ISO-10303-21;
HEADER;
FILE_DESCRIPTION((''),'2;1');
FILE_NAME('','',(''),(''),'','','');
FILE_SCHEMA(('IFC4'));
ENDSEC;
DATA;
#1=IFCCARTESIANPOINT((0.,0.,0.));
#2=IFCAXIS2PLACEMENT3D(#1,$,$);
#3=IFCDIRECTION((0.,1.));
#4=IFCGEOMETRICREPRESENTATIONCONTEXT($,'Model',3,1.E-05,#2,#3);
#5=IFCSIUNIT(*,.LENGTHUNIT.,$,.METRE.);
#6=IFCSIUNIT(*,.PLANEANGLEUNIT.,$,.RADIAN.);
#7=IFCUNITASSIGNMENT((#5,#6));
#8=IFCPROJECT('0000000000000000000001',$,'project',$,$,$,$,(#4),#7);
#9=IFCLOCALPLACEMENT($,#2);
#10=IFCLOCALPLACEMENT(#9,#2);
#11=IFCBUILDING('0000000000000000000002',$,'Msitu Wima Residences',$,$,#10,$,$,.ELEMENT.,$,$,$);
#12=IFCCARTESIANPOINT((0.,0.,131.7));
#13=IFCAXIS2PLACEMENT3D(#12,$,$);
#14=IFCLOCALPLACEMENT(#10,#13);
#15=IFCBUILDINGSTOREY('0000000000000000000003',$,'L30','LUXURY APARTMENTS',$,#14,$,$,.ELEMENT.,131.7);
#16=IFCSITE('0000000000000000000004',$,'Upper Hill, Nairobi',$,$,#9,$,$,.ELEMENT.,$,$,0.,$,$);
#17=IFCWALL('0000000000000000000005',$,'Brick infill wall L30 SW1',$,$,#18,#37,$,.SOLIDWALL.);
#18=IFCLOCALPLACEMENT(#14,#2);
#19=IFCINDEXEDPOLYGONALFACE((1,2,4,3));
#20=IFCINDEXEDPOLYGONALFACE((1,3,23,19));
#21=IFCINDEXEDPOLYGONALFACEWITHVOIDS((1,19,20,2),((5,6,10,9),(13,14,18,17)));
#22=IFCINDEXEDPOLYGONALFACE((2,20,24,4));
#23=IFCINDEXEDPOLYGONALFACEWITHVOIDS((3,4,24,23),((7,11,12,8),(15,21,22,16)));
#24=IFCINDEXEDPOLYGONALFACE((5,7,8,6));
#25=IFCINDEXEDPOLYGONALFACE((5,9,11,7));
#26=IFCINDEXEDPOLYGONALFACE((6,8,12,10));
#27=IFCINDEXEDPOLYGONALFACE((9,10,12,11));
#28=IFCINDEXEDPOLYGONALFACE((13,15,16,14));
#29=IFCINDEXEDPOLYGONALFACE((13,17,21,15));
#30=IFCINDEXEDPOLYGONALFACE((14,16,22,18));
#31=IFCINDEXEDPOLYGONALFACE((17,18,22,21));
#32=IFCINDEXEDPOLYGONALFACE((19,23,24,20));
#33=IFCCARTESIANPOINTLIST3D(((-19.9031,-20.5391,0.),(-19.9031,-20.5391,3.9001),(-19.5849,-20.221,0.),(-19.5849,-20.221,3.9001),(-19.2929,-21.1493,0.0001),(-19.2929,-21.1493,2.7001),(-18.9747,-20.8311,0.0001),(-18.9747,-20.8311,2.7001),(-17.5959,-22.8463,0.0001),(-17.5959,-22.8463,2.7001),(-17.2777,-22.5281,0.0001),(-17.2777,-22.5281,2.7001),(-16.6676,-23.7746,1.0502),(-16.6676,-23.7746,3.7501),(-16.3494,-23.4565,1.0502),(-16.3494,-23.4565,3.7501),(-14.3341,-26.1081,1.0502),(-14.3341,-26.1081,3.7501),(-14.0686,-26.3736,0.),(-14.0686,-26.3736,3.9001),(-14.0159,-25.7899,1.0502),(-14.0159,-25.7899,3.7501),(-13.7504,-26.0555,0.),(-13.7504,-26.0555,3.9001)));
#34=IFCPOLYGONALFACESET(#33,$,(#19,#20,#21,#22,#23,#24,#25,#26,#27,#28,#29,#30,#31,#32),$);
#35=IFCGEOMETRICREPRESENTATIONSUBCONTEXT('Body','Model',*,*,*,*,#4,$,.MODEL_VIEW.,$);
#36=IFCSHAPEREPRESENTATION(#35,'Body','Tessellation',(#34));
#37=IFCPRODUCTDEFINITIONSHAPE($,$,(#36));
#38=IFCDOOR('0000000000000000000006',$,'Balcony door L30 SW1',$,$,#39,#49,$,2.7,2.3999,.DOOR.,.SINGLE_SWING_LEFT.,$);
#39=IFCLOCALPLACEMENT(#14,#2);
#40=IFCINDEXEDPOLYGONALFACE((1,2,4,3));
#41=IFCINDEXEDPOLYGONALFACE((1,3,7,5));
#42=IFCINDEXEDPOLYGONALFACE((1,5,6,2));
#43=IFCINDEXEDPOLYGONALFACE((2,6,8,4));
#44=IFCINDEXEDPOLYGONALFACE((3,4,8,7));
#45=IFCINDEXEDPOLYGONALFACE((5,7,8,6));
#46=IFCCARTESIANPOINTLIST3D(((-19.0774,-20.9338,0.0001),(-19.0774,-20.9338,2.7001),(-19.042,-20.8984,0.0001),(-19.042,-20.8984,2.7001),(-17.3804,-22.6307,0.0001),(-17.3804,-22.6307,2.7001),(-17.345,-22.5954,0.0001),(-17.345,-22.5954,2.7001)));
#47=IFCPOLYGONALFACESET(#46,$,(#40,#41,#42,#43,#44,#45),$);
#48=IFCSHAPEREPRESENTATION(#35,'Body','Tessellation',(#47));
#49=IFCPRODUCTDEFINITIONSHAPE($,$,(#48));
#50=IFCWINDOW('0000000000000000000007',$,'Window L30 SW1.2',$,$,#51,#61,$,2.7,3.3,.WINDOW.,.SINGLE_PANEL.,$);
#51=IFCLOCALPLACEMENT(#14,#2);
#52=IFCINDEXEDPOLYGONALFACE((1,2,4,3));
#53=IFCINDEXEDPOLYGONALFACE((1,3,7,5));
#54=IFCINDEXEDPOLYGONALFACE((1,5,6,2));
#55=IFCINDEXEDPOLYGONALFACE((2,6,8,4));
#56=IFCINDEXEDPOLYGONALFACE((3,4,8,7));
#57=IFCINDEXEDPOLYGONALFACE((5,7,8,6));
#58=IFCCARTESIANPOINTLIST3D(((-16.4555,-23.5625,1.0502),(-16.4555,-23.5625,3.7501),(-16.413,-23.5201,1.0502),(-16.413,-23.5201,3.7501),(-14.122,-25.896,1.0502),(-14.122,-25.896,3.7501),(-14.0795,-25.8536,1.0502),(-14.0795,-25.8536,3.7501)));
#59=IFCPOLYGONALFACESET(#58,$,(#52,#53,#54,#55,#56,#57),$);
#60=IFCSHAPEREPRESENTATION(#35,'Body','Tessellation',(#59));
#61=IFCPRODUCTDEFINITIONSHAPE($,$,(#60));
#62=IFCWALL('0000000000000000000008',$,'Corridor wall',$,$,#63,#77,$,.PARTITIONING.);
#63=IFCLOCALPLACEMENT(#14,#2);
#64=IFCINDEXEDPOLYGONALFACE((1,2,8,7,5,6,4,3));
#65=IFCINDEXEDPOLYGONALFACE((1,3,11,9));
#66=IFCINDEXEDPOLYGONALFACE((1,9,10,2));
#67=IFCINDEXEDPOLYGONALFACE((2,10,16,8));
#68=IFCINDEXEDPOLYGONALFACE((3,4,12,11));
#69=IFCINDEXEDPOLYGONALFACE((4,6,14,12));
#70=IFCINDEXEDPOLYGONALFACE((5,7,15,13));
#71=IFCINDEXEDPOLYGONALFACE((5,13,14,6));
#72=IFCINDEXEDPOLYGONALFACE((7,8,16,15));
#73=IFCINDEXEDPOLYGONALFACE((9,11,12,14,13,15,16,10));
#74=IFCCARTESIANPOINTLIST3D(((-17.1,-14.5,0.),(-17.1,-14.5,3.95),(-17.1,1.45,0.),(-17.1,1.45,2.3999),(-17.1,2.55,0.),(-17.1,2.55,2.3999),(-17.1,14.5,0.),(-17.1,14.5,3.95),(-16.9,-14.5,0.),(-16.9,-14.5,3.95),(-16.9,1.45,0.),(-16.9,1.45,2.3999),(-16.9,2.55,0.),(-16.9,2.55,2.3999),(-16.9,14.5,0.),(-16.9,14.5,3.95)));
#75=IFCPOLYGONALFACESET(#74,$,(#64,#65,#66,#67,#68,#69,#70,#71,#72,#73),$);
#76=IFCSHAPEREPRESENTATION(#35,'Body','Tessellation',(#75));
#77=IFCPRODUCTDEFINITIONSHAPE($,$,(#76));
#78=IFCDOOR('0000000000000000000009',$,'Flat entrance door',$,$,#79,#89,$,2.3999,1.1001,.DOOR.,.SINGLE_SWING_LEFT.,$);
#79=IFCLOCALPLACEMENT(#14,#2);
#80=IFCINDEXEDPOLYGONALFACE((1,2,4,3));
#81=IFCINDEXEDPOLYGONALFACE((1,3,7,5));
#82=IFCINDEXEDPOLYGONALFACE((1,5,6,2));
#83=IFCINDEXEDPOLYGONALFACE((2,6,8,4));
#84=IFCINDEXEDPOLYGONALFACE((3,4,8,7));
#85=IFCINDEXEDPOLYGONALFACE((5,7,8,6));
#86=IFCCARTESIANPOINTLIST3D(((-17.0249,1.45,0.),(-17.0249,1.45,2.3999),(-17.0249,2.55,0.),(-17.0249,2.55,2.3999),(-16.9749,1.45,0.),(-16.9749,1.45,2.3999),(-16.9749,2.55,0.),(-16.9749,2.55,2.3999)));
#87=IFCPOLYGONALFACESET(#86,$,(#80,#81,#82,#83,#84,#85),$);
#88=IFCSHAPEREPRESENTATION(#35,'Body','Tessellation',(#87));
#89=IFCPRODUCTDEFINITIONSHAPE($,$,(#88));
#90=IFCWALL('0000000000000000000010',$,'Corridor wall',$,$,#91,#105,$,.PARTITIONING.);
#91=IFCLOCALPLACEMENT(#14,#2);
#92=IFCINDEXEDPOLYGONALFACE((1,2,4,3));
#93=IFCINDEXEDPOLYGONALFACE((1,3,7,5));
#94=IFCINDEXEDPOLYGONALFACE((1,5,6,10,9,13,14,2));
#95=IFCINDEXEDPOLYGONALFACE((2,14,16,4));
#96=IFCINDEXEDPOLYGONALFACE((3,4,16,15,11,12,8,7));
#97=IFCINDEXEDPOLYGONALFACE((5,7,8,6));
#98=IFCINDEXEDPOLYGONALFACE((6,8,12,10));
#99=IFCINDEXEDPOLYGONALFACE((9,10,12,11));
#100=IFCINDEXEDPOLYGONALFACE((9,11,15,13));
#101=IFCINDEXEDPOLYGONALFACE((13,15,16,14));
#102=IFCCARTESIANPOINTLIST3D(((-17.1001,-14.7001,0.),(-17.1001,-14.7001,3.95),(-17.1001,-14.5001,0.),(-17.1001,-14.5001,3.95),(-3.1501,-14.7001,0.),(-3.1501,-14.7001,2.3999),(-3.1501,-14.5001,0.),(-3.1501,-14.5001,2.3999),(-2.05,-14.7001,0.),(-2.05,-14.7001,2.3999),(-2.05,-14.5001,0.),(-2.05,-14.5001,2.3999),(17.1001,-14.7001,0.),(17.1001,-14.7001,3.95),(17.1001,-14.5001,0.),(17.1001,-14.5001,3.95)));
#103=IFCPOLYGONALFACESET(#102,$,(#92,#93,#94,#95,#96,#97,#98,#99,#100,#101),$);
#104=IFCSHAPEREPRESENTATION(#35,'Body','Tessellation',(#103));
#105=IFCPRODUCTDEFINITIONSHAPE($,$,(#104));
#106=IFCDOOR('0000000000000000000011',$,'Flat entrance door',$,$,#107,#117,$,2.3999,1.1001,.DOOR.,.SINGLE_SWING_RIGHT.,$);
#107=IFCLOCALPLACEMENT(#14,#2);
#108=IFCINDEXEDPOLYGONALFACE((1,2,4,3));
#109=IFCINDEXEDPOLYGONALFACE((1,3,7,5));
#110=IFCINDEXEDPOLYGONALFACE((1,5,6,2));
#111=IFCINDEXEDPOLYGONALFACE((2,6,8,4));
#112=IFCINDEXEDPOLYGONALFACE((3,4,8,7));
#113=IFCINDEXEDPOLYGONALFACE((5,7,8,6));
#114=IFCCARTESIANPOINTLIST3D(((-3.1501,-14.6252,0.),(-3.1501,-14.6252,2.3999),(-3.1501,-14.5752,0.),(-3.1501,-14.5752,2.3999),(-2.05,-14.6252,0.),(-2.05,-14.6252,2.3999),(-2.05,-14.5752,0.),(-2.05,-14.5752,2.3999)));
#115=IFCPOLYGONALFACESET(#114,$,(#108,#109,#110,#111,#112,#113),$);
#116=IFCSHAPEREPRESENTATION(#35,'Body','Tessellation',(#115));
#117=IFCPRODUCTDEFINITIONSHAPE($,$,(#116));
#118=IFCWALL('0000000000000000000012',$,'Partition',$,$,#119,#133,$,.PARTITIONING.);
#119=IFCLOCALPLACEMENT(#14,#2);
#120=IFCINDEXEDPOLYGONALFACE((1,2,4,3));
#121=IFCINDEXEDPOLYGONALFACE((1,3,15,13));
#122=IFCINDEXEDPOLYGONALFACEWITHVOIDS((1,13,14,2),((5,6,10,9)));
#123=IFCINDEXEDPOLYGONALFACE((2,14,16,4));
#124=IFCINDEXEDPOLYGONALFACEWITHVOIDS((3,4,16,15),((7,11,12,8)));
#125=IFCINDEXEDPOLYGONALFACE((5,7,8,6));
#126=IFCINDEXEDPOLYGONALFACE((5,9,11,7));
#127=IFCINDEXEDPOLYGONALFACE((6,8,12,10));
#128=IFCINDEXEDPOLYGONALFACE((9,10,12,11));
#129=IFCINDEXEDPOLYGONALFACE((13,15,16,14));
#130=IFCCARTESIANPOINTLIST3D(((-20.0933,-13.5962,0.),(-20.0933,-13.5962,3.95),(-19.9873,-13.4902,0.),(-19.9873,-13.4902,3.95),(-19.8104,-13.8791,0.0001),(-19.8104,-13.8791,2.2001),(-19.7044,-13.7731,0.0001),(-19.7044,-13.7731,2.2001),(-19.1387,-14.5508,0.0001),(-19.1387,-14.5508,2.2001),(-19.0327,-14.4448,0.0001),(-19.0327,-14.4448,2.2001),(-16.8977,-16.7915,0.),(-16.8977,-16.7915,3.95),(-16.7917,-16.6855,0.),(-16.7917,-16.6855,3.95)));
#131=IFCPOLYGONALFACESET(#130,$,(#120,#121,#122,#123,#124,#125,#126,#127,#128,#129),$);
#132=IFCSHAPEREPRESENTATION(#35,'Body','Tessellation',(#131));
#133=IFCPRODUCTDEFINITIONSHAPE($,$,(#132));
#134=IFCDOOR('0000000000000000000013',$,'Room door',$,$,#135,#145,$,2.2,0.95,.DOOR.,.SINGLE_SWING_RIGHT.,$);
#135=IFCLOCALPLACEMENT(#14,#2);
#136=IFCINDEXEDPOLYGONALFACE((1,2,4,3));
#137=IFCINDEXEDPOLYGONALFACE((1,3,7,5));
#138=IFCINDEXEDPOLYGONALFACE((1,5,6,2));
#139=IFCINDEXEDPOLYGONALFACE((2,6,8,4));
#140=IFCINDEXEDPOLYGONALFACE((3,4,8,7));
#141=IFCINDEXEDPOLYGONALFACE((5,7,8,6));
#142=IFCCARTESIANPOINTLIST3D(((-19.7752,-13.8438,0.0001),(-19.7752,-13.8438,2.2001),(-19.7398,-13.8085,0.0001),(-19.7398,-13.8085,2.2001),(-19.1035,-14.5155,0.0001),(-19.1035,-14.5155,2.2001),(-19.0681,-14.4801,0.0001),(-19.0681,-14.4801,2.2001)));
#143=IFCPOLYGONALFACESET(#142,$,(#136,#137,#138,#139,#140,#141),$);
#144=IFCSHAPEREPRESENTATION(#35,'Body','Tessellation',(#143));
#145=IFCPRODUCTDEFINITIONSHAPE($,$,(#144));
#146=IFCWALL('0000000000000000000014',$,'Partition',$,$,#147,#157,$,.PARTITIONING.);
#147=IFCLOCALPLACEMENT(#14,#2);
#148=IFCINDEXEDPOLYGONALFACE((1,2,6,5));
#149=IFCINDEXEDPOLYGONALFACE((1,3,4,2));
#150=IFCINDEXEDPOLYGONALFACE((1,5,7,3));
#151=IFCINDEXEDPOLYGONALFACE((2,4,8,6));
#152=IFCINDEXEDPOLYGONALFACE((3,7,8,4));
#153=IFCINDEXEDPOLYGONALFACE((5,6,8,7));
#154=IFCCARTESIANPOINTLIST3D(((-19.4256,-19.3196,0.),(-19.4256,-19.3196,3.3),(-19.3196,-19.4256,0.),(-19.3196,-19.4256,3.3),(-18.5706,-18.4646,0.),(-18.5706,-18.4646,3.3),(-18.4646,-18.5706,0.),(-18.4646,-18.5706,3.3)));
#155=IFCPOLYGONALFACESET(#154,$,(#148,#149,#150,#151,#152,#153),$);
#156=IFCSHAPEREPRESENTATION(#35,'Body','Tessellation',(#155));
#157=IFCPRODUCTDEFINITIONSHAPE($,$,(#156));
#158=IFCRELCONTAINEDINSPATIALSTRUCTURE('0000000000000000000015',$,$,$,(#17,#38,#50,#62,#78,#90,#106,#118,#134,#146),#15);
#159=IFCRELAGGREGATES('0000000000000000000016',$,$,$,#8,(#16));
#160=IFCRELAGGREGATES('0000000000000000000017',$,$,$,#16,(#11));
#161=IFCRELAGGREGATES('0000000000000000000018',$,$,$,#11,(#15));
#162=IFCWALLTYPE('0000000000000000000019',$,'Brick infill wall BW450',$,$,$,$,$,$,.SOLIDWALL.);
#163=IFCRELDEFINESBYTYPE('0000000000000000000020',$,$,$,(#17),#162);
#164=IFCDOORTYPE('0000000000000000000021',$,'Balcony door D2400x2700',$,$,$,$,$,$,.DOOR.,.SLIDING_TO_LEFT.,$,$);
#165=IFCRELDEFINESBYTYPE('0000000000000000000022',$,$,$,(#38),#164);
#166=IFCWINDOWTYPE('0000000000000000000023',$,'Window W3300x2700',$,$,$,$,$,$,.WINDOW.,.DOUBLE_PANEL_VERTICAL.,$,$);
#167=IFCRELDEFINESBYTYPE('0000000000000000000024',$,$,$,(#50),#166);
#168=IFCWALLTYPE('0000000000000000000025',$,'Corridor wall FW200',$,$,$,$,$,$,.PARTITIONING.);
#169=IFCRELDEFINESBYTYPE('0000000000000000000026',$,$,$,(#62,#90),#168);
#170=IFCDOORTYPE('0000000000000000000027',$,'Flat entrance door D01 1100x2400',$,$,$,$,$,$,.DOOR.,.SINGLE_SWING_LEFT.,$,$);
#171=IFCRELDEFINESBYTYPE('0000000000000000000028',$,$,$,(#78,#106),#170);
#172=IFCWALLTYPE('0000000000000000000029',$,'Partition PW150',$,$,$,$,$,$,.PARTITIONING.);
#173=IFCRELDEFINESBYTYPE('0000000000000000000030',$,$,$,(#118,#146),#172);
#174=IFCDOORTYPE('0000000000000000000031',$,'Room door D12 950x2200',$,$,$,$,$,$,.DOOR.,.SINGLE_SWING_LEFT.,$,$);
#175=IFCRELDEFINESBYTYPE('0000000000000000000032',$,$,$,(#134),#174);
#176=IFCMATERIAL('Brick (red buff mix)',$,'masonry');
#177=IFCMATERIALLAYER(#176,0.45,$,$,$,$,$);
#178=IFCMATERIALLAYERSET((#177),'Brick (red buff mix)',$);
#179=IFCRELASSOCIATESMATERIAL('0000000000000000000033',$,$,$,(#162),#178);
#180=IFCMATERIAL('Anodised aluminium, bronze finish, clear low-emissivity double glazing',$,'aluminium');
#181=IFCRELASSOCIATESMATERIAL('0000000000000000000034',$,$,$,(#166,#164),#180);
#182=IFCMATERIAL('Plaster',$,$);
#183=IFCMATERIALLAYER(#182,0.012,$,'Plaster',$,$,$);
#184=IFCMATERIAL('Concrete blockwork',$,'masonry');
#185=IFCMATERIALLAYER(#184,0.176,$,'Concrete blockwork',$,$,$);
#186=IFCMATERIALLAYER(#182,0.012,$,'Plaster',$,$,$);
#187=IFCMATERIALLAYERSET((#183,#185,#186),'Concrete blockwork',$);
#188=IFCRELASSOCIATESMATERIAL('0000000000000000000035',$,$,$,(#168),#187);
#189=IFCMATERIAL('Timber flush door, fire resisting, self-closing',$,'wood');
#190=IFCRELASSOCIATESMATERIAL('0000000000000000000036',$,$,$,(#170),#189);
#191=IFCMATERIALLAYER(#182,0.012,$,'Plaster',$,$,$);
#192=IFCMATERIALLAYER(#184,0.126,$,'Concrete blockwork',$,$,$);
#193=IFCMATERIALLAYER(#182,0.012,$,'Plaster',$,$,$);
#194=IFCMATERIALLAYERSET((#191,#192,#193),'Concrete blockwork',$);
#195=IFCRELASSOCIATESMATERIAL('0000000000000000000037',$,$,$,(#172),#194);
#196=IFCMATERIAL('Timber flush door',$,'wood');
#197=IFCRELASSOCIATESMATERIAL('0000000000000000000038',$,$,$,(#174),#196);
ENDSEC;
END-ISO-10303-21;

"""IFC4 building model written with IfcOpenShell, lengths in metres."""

from ifc_helpers import new_model, si_unit, direction, frame, frame_2d, origin, place, context, subcontext, project, spatial, rectangle, extrude, material, layer, layer_set, type_object, element, fill, save


model = new_model("IFC4")

# Units and contexts
model_context = context("Model", 3, precision=1e-05, world=origin(), true_north=direction((0.0, 1.0)))
body_context = subcontext(model_context, "Body", "Model", "MODEL_VIEW")
ifc_project = project(units=[si_unit("LENGTHUNIT", "METRE"), si_unit("PLANEANGLEUNIT", "RADIAN")], contexts=[model_context])

# Site, building, storey
site_placement = place(None, origin())
site = spatial("IfcSite", under=ifc_project, at=site_placement, Name="Upper Hill, Nairobi", CompositionType="ELEMENT", RefElevation=0.0)
building_placement = place(site_placement, origin())
building = spatial("IfcBuilding", under=site, at=building_placement, Name="Msitu Wima Residences", CompositionType="ELEMENT")
storey_placement = place(building_placement, frame((0.0, 0.0, 131.7)))
storey = spatial("IfcBuildingStorey", under=building, at=storey_placement, Name="L30", Description="LUXURY APARTMENTS", CompositionType="ELEMENT", Elevation=131.7)

# Shared definitions
ifc_material_1 = material(Name="Brick (red buff mix)", Category="masonry")
ifc_layer_1 = layer(ifc_material_1, 0.45)
ifc_layer_set_1 = layer_set([ifc_layer_1], Name="Brick (red buff mix)")
wall_type_1 = type_object("IfcWallType", Name="Brick infill wall BW450", PredefinedType="SOLIDWALL", material=ifc_layer_set_1)
ifc_material_2 = material(Name="Anodised aluminium, bronze finish, clear low-emissivity double glazing", Category="aluminium")
window_type = type_object("IfcWindowType", Name="Window W3300x2700", PartitioningType="DOUBLE_PANEL_VERTICAL", PredefinedType="WINDOW", material=ifc_material_2)

# Wall, openings, door, window
wall_1_placement = place(storey_placement, frame((-19.7439, -20.3801, 0.0), z_axis=(0.0, 0.0, 1.0), x_axis=(0.707107, -0.707107, 0.0)))
wall_1 = element("IfcWall", 1, at=wall_1_placement, inside=storey, type_object=wall_type_1, Name="Brick infill wall L30 SW1", PredefinedType="SOLIDWALL", context=body_context, shape_type="SweptSolid", body=[
    extrude(rectangle(XDim=8.2512, YDim=0.45, at=frame_2d((4.1255, 0.0))), origin(), (0.0, 0.0, 1.0), 3.9001),
])
opening_1_placement = place(wall_1_placement, frame((0.8628, 0.0, 0.0)))
opening_1 = element("IfcOpeningElement", 2, at=opening_1_placement, cuts=wall_1, PredefinedType="OPENING", context=body_context, shape_type="SweptSolid", body=[
    extrude(rectangle(XDim=2.3999, YDim=2.7, at=frame_2d((1.2, 1.3501))), frame((0.0, 0.2349, 0.0), z_axis=(0.0, -1.0, 0.0), x_axis=(1.0, 0.0, 0.0)), (0.0, 0.0, 1.0), 0.47),
])
opening_2_placement = place(wall_1_placement, frame((4.5757, 0.0, 1.05)))
opening_2 = element("IfcOpeningElement", 3, at=opening_2_placement, cuts=wall_1, PredefinedType="OPENING", context=body_context, shape_type="SweptSolid", body=[
    extrude(rectangle(XDim=3.3, YDim=2.7, at=frame_2d((1.6499, 1.3501))), frame((0.0, 0.2349, 0.0), z_axis=(0.0, -1.0, 0.0), x_axis=(1.0, 0.0, 0.0)), (0.0, 0.0, 1.0), 0.47),
])
door_type_1 = type_object("IfcDoorType", Name="Balcony door D2400x2700", OperationType="SLIDING_TO_LEFT", PredefinedType="DOOR", material=ifc_material_2)
door_1_placement = place(opening_1_placement, origin())
door_1 = element("IfcDoor", 4, at=door_1_placement, inside=storey, type_object=door_type_1, Name="Balcony door L30 SW1", OperationType="SINGLE_SWING_LEFT", OverallHeight=2.7, OverallWidth=2.3999, PredefinedType="DOOR", context=body_context, shape_type="SweptSolid", body=[
    extrude(rectangle(XDim=2.3999, YDim=2.7, at=frame_2d((1.2, 1.3501))), frame((0.0, 0.1299, 0.0), z_axis=(0.0, -1.0, 0.0), x_axis=(1.0, 0.0, 0.0)), (0.0, 0.0, 1.0), 0.05),
])
fill(opening_1, door_1)
window_1_placement = place(opening_2_placement, origin())
window_1 = element("IfcWindow", 5, at=window_1_placement, inside=storey, type_object=window_type, Name="Window L30 SW1.2", OverallHeight=2.7, OverallWidth=3.3, PartitioningType="SINGLE_PANEL", PredefinedType="WINDOW", context=body_context, shape_type="SweptSolid", body=[
    extrude(rectangle(XDim=3.3, YDim=2.7, at=frame_2d((1.6499, 1.3501))), frame((0.0, 0.135, 0.0), z_axis=(0.0, -1.0, 0.0), x_axis=(1.0, 0.0, 0.0)), (0.0, 0.0, 1.0), 0.0601),
])
fill(opening_2, window_1)

# Walls, openings, doors
ifc_material_3 = material(Name="Plaster")
ifc_layer_2 = layer(ifc_material_3, 0.012, Name="Plaster")
ifc_material_4 = material(Name="Concrete blockwork", Category="masonry")
ifc_layer_3 = layer(ifc_material_4, 0.176, Name="Concrete blockwork")
ifc_layer_4 = layer(ifc_material_3, 0.012, Name="Plaster")
ifc_layer_set_2 = layer_set([ifc_layer_2, ifc_layer_3, ifc_layer_4], Name="Concrete blockwork")
wall_type_2 = type_object("IfcWallType", Name="Corridor wall FW200", PredefinedType="PARTITIONING", material=ifc_layer_set_2)
wall_2_placement = place(storey_placement, frame((-17.0, -14.5, 0.0), z_axis=(0.0, 0.0, 1.0), x_axis=(0.0, 1.0, 0.0)))
wall_2 = element("IfcWall", 6, at=wall_2_placement, inside=storey, type_object=wall_type_2, Name="Corridor wall", PredefinedType="PARTITIONING", context=body_context, shape_type="SweptSolid", body=[
    extrude(rectangle(XDim=29.0, YDim=0.2, at=frame_2d((14.5, 0.0))), origin(), (0.0, 0.0, 1.0), 3.95),
])
opening_3_placement = place(wall_2_placement, frame((15.95, 0.0, 0.0)))
opening_3 = element("IfcOpeningElement", 7, at=opening_3_placement, cuts=wall_2, PredefinedType="OPENING", context=body_context, shape_type="SweptSolid", body=[
    extrude(rectangle(XDim=1.1001, YDim=2.3999, at=frame_2d((0.55, 1.2))), frame((0.0, 0.1099, 0.0), z_axis=(0.0, -1.0, 0.0), x_axis=(1.0, 0.0, 0.0)), (0.0, 0.0, 1.0), 0.22),
])
ifc_material_5 = material(Name="Timber flush door, fire resisting, self-closing", Category="wood")
door_type_2 = type_object("IfcDoorType", Name="Flat entrance door D01 1100x2400", OperationType="SINGLE_SWING_LEFT", PredefinedType="DOOR", material=ifc_material_5)
door_2_placement = place(opening_3_placement, origin())
door_2 = element("IfcDoor", 8, at=door_2_placement, inside=storey, type_object=door_type_2, Name="Flat entrance door", OperationType="SINGLE_SWING_LEFT", OverallHeight=2.3999, OverallWidth=1.1001, PredefinedType="DOOR", context=body_context, shape_type="SweptSolid", body=[
    extrude(rectangle(XDim=1.1001, YDim=2.3999, at=frame_2d((0.55, 1.2))), frame((0.0, 0.0249, 0.0), z_axis=(0.0, -1.0, 0.0), x_axis=(1.0, 0.0, 0.0)), (0.0, 0.0, 1.0), 0.05),
])
fill(opening_3, door_2)
wall_3_placement = place(storey_placement, frame((-17.1001, -14.6001, 0.0), z_axis=(0.0, 0.0, 1.0), x_axis=(1.0, 0.0, 0.0)))
wall_3 = element("IfcWall", 9, at=wall_3_placement, inside=storey, type_object=wall_type_2, Name="Corridor wall", PredefinedType="PARTITIONING", context=body_context, shape_type="SweptSolid", body=[
    extrude(rectangle(XDim=34.2002, YDim=0.2, at=frame_2d((17.1001, 0.0))), origin(), (0.0, 0.0, 1.0), 3.95),
])
opening_4_placement = place(wall_3_placement, frame((13.95, 0.0, 0.0)))
opening_4 = element("IfcOpeningElement", 10, at=opening_4_placement, cuts=wall_3, PredefinedType="OPENING", context=body_context, shape_type="SweptSolid", body=[
    extrude(rectangle(XDim=1.1001, YDim=2.3999, at=frame_2d((0.55, 1.2))), frame((0.0, 0.1099, 0.0), z_axis=(0.0, -1.0, 0.0), x_axis=(1.0, 0.0, 0.0)), (0.0, 0.0, 1.0), 0.22),
])
door_3_placement = place(opening_4_placement, origin())
door_3 = element("IfcDoor", 11, at=door_3_placement, inside=storey, type_object=door_type_2, Name="Flat entrance door", OperationType="SINGLE_SWING_RIGHT", OverallHeight=2.3999, OverallWidth=1.1001, PredefinedType="DOOR", context=body_context, shape_type="SweptSolid", body=[
    extrude(rectangle(XDim=1.1001, YDim=2.3999, at=frame_2d((0.55, 1.2))), frame((0.0, 0.0249, 0.0), z_axis=(0.0, -1.0, 0.0), x_axis=(1.0, 0.0, 0.0)), (0.0, 0.0, 1.0), 0.05),
])
fill(opening_4, door_3)
ifc_layer_5 = layer(ifc_material_3, 0.012, Name="Plaster")
ifc_layer_6 = layer(ifc_material_4, 0.126, Name="Concrete blockwork")
ifc_layer_7 = layer(ifc_material_3, 0.012, Name="Plaster")
ifc_layer_set_3 = layer_set([ifc_layer_5, ifc_layer_6, ifc_layer_7], Name="Concrete blockwork")
wall_type_3 = type_object("IfcWallType", Name="Partition PW150", PredefinedType="PARTITIONING", material=ifc_layer_set_3)
wall_4_placement = place(storey_placement, frame((-20.0403, -13.5432, 0.0), z_axis=(0.0, 0.0, 1.0), x_axis=(0.707134, -0.70708, 0.0)))
wall_4 = element("IfcWall", 12, at=wall_4_placement, inside=storey, type_object=wall_type_3, Name="Partition", PredefinedType="PARTITIONING", context=body_context, shape_type="SweptSolid", body=[
    extrude(rectangle(XDim=4.519, YDim=0.1499, at=frame_2d((2.2595, 0.0))), origin(), (0.0, 0.0, 1.0), 3.95),
])
opening_5_placement = place(wall_4_placement, frame((0.3999, 0.0, 0.0)))
opening_5 = element("IfcOpeningElement", 13, at=opening_5_placement, cuts=wall_4, PredefinedType="OPENING", context=body_context, shape_type="SweptSolid", body=[
    extrude(rectangle(XDim=0.95, YDim=2.2, at=frame_2d((0.4751, 1.1001))), frame((0.0, 0.085, 0.0), z_axis=(0.0, -1.0, 0.0), x_axis=(1.0, 0.0, 0.0)), (0.0, 0.0, 1.0), 0.1699),
])
ifc_material_6 = material(Name="Timber flush door", Category="wood")
door_type_3 = type_object("IfcDoorType", Name="Room door D12 950x2200", OperationType="SINGLE_SWING_LEFT", PredefinedType="DOOR", material=ifc_material_6)
door_4_placement = place(opening_5_placement, origin())
door_4 = element("IfcDoor", 14, at=door_4_placement, inside=storey, type_object=door_type_3, Name="Room door", OperationType="SINGLE_SWING_RIGHT", OverallHeight=2.2, OverallWidth=0.95, PredefinedType="DOOR", context=body_context, shape_type="SweptSolid", body=[
    extrude(rectangle(XDim=0.95, YDim=2.2, at=frame_2d((0.4751, 1.1001))), frame((0.0, 0.0249, 0.0), z_axis=(0.0, -1.0, 0.0), x_axis=(1.0, 0.0, 0.0)), (0.0, 0.0, 1.0), 0.05),
])
fill(opening_5, door_4)

# Wall
wall_5_placement = place(storey_placement, frame((-19.3726, -19.3726, 0.0), z_axis=(0.0, 0.0, 1.0), x_axis=(0.707107, 0.707107, 0.0)))
element("IfcWall", 15, at=wall_5_placement, inside=storey, type_object=wall_type_3, Name="Partition", PredefinedType="PARTITIONING", context=body_context, shape_type="SweptSolid", body=[
    extrude(rectangle(XDim=1.2092, YDim=0.1499, at=frame_2d((0.6045, 0.0))), origin(), (0.0, 0.0, 1.0), 3.3),
])

save(model, "model.ifc")
